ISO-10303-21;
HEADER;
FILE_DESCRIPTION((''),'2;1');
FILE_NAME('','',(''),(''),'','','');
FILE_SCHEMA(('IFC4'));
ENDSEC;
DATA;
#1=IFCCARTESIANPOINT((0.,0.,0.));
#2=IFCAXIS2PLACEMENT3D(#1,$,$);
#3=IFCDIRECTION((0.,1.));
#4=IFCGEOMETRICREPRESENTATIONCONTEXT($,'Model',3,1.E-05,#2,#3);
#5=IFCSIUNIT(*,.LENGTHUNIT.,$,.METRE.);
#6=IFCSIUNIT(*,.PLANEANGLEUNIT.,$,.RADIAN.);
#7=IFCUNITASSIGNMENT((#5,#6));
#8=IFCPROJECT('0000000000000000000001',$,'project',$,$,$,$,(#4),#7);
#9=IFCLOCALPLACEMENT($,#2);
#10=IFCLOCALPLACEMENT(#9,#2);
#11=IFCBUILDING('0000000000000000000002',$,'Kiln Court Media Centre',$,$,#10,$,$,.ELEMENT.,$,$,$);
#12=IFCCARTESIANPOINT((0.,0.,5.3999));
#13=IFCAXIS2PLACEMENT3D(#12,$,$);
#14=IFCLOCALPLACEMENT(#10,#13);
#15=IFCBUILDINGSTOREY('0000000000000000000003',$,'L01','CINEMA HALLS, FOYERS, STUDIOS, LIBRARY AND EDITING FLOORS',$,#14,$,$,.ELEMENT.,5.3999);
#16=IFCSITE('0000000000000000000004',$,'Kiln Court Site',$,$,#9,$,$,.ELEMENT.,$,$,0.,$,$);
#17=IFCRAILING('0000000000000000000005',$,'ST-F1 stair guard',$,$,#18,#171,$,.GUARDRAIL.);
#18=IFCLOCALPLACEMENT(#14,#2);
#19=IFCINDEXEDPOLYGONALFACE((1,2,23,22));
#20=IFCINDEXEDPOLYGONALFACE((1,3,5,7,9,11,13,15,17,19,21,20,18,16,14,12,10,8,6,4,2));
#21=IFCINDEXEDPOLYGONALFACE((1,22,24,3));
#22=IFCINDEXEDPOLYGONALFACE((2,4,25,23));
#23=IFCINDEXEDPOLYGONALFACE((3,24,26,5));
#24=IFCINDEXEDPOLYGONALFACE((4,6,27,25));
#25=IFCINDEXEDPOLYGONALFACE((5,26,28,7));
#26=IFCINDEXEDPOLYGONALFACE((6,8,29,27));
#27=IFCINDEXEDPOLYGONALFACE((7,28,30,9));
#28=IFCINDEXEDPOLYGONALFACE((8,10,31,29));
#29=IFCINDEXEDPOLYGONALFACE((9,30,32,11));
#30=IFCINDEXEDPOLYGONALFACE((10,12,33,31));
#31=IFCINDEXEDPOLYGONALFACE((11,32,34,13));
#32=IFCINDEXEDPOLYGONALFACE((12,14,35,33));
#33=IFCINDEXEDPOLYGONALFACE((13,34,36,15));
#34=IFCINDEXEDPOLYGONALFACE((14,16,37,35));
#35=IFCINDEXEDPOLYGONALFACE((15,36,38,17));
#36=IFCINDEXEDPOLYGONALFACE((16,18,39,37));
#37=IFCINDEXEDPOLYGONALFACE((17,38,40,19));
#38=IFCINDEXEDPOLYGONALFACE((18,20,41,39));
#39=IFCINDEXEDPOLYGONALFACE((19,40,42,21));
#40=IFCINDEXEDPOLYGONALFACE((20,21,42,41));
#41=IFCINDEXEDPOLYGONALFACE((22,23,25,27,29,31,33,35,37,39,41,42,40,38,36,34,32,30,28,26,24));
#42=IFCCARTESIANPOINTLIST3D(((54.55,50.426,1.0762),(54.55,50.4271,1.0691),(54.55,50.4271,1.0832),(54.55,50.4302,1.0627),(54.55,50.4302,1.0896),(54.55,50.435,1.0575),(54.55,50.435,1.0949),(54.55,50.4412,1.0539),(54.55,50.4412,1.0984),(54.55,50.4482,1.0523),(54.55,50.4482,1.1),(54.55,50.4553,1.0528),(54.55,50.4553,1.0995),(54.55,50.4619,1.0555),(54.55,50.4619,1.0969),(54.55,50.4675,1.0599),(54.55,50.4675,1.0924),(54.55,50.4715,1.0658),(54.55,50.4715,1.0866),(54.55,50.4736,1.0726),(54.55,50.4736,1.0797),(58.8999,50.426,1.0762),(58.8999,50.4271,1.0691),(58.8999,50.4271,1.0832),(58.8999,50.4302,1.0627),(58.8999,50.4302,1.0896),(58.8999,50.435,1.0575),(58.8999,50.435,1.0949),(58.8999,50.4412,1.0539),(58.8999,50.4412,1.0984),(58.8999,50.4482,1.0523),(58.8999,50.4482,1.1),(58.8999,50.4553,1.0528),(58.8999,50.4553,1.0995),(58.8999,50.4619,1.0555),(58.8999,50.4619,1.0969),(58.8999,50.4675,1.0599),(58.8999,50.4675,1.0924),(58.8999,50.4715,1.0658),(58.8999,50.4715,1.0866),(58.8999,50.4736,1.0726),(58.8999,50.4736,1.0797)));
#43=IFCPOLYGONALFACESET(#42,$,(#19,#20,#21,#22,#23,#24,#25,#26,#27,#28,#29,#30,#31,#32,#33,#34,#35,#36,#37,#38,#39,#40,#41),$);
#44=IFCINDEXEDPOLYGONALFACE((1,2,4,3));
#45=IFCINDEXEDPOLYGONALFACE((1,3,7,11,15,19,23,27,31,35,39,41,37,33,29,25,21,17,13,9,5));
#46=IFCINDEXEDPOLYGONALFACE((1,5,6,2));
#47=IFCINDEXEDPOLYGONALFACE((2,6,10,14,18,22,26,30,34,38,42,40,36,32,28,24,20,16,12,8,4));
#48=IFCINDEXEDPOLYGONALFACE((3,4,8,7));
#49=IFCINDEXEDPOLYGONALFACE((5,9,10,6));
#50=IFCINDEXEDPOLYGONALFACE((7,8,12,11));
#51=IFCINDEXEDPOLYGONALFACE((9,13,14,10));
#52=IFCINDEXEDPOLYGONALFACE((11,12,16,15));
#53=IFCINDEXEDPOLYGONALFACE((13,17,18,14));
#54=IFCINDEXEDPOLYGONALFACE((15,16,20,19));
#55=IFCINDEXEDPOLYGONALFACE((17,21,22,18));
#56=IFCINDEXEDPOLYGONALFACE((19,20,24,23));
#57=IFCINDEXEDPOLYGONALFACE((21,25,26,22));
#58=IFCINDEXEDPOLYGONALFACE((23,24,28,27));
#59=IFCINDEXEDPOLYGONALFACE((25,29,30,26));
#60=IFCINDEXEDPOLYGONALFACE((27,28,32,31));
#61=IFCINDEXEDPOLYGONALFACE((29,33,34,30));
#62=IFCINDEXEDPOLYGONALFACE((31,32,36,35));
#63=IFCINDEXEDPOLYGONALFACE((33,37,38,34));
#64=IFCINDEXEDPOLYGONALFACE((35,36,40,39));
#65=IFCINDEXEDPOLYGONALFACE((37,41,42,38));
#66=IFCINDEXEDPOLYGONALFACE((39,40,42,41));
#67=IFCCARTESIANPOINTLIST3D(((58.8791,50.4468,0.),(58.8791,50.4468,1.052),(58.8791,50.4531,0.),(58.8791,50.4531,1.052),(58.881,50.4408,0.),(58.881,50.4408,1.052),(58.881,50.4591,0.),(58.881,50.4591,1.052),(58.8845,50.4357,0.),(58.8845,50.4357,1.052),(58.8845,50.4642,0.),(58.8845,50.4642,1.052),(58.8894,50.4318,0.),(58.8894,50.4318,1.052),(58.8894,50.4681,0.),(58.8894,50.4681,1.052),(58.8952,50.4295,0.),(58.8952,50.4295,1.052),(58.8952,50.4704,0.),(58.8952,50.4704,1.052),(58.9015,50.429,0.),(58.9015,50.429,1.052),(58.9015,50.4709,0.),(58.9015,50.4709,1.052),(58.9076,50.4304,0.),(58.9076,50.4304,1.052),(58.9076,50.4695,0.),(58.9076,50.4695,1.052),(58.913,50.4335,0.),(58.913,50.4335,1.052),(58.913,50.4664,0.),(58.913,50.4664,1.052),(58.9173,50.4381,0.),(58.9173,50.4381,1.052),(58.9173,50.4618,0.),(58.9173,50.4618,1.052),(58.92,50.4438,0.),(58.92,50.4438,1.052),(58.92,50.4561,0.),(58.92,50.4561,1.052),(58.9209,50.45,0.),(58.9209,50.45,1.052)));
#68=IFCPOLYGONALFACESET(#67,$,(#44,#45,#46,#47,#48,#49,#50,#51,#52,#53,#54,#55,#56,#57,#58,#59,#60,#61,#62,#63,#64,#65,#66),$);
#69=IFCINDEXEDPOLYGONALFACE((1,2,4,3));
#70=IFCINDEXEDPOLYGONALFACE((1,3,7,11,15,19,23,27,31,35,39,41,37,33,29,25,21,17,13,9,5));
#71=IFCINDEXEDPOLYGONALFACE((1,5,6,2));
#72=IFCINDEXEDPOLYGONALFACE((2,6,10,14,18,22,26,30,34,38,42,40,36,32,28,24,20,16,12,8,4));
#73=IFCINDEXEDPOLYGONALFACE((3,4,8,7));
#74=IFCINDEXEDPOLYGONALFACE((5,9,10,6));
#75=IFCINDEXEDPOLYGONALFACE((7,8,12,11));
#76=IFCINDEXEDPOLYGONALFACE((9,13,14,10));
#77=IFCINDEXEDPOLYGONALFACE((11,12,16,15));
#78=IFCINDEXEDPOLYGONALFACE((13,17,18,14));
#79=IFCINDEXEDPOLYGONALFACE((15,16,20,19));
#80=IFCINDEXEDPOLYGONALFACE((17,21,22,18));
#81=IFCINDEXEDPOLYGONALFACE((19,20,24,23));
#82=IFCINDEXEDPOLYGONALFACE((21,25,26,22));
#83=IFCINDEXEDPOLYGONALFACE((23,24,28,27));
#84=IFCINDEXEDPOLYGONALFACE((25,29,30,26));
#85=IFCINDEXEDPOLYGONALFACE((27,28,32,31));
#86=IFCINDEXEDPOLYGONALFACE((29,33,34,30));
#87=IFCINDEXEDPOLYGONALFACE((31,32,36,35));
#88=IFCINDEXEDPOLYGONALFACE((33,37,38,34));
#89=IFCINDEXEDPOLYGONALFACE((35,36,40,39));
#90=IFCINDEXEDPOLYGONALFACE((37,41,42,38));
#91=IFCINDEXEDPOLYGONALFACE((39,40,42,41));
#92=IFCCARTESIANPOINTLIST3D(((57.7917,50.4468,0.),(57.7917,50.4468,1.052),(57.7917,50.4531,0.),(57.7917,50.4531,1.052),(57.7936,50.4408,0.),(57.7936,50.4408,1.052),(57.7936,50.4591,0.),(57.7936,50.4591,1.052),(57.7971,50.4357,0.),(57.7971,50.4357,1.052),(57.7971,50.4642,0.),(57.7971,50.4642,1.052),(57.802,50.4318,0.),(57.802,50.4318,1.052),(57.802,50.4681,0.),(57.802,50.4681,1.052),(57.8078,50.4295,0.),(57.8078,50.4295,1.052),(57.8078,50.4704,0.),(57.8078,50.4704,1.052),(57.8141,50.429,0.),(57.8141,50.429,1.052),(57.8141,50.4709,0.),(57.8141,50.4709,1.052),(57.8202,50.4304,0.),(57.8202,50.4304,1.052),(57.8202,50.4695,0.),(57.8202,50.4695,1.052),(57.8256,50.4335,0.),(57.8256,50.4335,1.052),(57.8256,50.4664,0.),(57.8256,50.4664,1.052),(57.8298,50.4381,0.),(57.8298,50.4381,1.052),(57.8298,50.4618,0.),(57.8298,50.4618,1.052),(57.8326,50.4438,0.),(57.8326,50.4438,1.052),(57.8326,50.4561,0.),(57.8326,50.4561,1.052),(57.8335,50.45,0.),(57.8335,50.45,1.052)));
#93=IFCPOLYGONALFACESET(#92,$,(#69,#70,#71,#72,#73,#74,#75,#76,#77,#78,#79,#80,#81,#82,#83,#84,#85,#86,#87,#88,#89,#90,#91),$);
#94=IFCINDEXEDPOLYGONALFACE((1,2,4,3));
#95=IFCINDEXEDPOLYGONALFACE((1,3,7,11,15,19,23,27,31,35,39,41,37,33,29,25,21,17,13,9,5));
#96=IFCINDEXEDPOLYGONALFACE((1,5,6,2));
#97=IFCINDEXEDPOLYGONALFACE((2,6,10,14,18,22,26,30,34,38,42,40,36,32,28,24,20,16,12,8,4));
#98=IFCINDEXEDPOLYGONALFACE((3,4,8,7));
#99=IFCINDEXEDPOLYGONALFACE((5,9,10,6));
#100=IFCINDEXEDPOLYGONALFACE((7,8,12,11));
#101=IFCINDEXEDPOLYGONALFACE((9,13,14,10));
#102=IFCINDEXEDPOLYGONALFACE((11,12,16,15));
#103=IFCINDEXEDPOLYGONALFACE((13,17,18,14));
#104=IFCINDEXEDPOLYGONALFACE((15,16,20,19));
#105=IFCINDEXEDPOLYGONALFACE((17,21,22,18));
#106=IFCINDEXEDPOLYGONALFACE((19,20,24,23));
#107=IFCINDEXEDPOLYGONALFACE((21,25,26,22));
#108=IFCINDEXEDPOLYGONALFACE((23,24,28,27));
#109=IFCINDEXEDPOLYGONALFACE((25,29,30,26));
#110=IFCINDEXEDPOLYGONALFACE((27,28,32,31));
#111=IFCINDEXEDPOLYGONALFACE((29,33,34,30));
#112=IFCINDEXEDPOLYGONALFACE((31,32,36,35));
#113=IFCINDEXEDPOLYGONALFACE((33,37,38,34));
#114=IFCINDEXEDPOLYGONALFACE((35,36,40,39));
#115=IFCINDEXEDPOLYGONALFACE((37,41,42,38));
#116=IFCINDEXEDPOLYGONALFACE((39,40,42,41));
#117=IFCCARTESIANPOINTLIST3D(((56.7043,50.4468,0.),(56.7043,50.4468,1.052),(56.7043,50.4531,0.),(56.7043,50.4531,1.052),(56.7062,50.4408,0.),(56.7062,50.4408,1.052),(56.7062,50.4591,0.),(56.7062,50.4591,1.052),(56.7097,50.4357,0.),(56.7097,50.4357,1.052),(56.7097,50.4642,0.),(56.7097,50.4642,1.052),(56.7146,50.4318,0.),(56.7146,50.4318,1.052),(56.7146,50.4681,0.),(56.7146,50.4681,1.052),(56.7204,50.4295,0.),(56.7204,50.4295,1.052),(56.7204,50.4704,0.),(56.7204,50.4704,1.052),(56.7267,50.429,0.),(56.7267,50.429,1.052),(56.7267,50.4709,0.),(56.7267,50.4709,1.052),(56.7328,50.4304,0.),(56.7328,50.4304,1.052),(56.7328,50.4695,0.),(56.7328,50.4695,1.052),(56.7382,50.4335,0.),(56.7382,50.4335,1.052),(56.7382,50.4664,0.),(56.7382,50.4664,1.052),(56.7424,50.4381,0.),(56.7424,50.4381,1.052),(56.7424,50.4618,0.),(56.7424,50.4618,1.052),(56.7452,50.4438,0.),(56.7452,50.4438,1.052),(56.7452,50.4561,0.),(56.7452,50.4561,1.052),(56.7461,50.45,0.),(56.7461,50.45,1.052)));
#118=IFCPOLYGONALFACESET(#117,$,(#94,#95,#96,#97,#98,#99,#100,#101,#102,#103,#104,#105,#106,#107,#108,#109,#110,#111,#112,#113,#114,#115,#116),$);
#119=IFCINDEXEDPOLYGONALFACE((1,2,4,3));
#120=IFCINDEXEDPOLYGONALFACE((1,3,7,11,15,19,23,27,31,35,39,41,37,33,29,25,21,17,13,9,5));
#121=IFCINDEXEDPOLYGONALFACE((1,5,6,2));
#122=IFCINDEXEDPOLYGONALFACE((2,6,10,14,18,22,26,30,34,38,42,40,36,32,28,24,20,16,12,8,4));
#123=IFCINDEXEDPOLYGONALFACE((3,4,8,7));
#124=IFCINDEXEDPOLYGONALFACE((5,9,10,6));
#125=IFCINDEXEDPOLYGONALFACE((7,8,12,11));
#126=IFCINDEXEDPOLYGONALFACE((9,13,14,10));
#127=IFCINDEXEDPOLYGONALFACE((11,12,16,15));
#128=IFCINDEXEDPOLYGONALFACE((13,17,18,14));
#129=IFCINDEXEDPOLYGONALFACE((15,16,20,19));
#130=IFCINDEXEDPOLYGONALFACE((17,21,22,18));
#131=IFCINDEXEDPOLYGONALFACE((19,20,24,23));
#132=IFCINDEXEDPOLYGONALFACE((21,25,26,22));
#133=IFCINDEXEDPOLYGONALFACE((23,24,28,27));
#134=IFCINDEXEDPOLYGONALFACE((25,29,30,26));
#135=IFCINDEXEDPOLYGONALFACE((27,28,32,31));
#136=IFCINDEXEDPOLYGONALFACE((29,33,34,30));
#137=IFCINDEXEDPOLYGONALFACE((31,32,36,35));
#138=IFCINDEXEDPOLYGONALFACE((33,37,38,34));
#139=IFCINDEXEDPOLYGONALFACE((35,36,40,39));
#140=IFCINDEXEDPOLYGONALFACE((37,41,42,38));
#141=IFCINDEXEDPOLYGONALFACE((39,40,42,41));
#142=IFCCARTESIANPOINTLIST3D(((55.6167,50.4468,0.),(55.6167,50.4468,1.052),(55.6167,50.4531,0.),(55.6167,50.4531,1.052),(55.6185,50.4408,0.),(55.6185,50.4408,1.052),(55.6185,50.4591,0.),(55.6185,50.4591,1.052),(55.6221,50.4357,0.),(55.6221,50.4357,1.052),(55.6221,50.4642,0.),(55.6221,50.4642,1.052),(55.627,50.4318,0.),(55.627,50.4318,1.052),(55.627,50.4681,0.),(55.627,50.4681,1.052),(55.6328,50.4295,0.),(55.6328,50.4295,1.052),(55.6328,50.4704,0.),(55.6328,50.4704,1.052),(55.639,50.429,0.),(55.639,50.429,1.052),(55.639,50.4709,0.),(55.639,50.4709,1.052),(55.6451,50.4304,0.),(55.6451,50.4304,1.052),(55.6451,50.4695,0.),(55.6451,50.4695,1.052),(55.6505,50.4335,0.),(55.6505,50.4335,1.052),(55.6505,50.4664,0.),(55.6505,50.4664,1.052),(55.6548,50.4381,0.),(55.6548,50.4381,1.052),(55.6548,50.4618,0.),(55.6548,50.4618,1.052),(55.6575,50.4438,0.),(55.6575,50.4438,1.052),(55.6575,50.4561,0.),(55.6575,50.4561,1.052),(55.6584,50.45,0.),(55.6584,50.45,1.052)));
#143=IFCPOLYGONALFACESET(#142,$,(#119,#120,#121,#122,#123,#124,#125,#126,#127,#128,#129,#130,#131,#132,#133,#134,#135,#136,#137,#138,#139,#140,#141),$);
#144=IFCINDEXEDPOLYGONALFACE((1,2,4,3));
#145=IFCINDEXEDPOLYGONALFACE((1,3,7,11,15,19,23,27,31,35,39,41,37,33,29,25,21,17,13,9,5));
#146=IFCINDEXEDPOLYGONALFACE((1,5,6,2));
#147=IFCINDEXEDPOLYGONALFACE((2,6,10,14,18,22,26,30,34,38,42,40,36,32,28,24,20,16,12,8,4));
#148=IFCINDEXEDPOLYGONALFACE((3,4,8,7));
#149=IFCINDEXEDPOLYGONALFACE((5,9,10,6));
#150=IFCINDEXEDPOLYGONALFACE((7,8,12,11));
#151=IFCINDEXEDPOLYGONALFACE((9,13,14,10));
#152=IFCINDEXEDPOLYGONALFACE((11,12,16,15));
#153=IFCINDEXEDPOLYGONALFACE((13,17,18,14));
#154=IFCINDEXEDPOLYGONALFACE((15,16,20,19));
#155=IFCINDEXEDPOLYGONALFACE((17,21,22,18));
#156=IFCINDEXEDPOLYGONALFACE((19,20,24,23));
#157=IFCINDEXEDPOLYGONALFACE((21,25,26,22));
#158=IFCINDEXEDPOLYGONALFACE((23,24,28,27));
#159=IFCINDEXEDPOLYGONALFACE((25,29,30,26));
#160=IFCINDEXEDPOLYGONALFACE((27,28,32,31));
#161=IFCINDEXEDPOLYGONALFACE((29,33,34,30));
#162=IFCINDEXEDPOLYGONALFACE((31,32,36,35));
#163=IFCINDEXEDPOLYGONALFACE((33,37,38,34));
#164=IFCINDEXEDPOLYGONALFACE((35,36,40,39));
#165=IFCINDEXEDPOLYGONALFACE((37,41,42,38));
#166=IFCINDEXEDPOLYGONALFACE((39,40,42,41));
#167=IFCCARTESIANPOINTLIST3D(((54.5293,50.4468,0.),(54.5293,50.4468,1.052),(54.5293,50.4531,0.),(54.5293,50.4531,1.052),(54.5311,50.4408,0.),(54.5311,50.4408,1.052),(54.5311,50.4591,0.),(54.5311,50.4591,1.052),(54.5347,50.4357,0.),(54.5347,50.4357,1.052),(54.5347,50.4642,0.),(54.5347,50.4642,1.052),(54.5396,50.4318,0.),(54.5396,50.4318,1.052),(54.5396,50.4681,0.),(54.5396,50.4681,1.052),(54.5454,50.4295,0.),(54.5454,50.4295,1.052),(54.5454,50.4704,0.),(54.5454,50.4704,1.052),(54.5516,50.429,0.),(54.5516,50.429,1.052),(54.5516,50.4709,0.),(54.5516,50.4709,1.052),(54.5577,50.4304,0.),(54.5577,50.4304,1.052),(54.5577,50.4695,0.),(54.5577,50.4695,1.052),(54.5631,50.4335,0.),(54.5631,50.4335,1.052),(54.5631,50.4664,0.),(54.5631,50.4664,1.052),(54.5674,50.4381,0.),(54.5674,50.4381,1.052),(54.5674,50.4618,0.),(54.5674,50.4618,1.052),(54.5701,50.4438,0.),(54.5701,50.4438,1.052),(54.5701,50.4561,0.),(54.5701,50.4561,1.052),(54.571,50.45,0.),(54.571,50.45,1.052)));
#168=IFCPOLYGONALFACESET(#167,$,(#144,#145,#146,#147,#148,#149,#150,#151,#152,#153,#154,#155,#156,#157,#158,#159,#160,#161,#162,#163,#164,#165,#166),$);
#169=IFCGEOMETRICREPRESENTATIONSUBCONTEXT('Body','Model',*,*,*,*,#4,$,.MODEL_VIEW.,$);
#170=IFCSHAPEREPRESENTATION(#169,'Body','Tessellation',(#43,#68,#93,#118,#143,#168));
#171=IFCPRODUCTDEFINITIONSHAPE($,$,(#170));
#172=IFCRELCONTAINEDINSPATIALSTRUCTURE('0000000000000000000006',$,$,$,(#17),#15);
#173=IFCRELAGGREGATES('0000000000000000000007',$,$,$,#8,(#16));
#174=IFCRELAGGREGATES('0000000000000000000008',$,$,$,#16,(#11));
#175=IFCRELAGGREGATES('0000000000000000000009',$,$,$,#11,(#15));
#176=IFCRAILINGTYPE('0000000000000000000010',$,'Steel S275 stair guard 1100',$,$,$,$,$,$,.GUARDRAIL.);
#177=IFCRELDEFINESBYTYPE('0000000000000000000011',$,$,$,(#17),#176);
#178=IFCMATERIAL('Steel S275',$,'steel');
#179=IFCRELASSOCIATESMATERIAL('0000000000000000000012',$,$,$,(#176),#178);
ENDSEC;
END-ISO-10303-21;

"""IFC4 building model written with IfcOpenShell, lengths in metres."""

from ifc_helpers import new_model, si_unit, direction, frame, origin, origin_2d, place, context, subcontext, project, spatial, circle, extrude, material, type_object, element, save


model = new_model("IFC4")

# Units and contexts
model_context = context("Model", 3, precision=1e-05, world=origin(), true_north=direction((0.0, 1.0)))
body_context = subcontext(model_context, "Body", "Model", "MODEL_VIEW")
ifc_project = project(units=[si_unit("LENGTHUNIT", "METRE"), si_unit("PLANEANGLEUNIT", "RADIAN")], contexts=[model_context])

# Site, building, storey
site_placement = place(None, origin())
site = spatial("IfcSite", under=ifc_project, at=site_placement, Name="Kiln Court Site", CompositionType="ELEMENT", RefElevation=0.0)
building_placement = place(site_placement, origin())
building = spatial("IfcBuilding", under=site, at=building_placement, Name="Kiln Court Media Centre", CompositionType="ELEMENT")
storey_placement = place(building_placement, frame((0.0, 0.0, 5.3999)))
storey = spatial("IfcBuildingStorey", under=building, at=storey_placement, Name="L01", Description="CINEMA HALLS, FOYERS, STUDIOS, LIBRARY AND EDITING FLOORS", CompositionType="ELEMENT", Elevation=5.3999)

# Railing
ifc_material_1 = material(Name="Steel S275", Category="steel")
railing_type_1 = type_object("IfcRailingType", Name="Steel S275 stair guard 1100", PredefinedType="GUARDRAIL", material=ifc_material_1)
railing_1_placement = place(storey_placement, frame((58.8999, 50.45, 0.0)))
element("IfcRailing", 1, at=railing_1_placement, inside=storey, type_object=railing_type_1, Name="ST-F1 stair guard", PredefinedType="GUARDRAIL", context=body_context, shape_type="SweptSolid", body=[
    extrude(circle(Radius=0.0239, at=origin_2d()), frame((0.0, 0.0, 1.0762), z_axis=(-1.0, 0.0, 0.0), x_axis=(0.0, -1.0, 0.0)), (0.0, 0.0, 1.0), 4.3499),
    extrude(circle(Radius=0.021, at=origin_2d()), origin(), (0.0, 0.0, 1.0), 1.052),
    extrude(circle(Radius=0.021, at=origin_2d()), frame((-1.0874, 0.0, 0.0)), (0.0, 0.0, 1.0), 1.052),
    extrude(circle(Radius=0.021, at=origin_2d()), frame((-2.1748, 0.0, 0.0)), (0.0, 0.0, 1.0), 1.052),
    extrude(circle(Radius=0.021, at=origin_2d()), frame((-3.2625, 0.0, 0.0)), (0.0, 0.0, 1.0), 1.052),
    extrude(circle(Radius=0.021, at=origin_2d()), frame((-4.3499, 0.0, 0.0)), (0.0, 0.0, 1.0), 1.052),
])

save(model, "model.ifc")
